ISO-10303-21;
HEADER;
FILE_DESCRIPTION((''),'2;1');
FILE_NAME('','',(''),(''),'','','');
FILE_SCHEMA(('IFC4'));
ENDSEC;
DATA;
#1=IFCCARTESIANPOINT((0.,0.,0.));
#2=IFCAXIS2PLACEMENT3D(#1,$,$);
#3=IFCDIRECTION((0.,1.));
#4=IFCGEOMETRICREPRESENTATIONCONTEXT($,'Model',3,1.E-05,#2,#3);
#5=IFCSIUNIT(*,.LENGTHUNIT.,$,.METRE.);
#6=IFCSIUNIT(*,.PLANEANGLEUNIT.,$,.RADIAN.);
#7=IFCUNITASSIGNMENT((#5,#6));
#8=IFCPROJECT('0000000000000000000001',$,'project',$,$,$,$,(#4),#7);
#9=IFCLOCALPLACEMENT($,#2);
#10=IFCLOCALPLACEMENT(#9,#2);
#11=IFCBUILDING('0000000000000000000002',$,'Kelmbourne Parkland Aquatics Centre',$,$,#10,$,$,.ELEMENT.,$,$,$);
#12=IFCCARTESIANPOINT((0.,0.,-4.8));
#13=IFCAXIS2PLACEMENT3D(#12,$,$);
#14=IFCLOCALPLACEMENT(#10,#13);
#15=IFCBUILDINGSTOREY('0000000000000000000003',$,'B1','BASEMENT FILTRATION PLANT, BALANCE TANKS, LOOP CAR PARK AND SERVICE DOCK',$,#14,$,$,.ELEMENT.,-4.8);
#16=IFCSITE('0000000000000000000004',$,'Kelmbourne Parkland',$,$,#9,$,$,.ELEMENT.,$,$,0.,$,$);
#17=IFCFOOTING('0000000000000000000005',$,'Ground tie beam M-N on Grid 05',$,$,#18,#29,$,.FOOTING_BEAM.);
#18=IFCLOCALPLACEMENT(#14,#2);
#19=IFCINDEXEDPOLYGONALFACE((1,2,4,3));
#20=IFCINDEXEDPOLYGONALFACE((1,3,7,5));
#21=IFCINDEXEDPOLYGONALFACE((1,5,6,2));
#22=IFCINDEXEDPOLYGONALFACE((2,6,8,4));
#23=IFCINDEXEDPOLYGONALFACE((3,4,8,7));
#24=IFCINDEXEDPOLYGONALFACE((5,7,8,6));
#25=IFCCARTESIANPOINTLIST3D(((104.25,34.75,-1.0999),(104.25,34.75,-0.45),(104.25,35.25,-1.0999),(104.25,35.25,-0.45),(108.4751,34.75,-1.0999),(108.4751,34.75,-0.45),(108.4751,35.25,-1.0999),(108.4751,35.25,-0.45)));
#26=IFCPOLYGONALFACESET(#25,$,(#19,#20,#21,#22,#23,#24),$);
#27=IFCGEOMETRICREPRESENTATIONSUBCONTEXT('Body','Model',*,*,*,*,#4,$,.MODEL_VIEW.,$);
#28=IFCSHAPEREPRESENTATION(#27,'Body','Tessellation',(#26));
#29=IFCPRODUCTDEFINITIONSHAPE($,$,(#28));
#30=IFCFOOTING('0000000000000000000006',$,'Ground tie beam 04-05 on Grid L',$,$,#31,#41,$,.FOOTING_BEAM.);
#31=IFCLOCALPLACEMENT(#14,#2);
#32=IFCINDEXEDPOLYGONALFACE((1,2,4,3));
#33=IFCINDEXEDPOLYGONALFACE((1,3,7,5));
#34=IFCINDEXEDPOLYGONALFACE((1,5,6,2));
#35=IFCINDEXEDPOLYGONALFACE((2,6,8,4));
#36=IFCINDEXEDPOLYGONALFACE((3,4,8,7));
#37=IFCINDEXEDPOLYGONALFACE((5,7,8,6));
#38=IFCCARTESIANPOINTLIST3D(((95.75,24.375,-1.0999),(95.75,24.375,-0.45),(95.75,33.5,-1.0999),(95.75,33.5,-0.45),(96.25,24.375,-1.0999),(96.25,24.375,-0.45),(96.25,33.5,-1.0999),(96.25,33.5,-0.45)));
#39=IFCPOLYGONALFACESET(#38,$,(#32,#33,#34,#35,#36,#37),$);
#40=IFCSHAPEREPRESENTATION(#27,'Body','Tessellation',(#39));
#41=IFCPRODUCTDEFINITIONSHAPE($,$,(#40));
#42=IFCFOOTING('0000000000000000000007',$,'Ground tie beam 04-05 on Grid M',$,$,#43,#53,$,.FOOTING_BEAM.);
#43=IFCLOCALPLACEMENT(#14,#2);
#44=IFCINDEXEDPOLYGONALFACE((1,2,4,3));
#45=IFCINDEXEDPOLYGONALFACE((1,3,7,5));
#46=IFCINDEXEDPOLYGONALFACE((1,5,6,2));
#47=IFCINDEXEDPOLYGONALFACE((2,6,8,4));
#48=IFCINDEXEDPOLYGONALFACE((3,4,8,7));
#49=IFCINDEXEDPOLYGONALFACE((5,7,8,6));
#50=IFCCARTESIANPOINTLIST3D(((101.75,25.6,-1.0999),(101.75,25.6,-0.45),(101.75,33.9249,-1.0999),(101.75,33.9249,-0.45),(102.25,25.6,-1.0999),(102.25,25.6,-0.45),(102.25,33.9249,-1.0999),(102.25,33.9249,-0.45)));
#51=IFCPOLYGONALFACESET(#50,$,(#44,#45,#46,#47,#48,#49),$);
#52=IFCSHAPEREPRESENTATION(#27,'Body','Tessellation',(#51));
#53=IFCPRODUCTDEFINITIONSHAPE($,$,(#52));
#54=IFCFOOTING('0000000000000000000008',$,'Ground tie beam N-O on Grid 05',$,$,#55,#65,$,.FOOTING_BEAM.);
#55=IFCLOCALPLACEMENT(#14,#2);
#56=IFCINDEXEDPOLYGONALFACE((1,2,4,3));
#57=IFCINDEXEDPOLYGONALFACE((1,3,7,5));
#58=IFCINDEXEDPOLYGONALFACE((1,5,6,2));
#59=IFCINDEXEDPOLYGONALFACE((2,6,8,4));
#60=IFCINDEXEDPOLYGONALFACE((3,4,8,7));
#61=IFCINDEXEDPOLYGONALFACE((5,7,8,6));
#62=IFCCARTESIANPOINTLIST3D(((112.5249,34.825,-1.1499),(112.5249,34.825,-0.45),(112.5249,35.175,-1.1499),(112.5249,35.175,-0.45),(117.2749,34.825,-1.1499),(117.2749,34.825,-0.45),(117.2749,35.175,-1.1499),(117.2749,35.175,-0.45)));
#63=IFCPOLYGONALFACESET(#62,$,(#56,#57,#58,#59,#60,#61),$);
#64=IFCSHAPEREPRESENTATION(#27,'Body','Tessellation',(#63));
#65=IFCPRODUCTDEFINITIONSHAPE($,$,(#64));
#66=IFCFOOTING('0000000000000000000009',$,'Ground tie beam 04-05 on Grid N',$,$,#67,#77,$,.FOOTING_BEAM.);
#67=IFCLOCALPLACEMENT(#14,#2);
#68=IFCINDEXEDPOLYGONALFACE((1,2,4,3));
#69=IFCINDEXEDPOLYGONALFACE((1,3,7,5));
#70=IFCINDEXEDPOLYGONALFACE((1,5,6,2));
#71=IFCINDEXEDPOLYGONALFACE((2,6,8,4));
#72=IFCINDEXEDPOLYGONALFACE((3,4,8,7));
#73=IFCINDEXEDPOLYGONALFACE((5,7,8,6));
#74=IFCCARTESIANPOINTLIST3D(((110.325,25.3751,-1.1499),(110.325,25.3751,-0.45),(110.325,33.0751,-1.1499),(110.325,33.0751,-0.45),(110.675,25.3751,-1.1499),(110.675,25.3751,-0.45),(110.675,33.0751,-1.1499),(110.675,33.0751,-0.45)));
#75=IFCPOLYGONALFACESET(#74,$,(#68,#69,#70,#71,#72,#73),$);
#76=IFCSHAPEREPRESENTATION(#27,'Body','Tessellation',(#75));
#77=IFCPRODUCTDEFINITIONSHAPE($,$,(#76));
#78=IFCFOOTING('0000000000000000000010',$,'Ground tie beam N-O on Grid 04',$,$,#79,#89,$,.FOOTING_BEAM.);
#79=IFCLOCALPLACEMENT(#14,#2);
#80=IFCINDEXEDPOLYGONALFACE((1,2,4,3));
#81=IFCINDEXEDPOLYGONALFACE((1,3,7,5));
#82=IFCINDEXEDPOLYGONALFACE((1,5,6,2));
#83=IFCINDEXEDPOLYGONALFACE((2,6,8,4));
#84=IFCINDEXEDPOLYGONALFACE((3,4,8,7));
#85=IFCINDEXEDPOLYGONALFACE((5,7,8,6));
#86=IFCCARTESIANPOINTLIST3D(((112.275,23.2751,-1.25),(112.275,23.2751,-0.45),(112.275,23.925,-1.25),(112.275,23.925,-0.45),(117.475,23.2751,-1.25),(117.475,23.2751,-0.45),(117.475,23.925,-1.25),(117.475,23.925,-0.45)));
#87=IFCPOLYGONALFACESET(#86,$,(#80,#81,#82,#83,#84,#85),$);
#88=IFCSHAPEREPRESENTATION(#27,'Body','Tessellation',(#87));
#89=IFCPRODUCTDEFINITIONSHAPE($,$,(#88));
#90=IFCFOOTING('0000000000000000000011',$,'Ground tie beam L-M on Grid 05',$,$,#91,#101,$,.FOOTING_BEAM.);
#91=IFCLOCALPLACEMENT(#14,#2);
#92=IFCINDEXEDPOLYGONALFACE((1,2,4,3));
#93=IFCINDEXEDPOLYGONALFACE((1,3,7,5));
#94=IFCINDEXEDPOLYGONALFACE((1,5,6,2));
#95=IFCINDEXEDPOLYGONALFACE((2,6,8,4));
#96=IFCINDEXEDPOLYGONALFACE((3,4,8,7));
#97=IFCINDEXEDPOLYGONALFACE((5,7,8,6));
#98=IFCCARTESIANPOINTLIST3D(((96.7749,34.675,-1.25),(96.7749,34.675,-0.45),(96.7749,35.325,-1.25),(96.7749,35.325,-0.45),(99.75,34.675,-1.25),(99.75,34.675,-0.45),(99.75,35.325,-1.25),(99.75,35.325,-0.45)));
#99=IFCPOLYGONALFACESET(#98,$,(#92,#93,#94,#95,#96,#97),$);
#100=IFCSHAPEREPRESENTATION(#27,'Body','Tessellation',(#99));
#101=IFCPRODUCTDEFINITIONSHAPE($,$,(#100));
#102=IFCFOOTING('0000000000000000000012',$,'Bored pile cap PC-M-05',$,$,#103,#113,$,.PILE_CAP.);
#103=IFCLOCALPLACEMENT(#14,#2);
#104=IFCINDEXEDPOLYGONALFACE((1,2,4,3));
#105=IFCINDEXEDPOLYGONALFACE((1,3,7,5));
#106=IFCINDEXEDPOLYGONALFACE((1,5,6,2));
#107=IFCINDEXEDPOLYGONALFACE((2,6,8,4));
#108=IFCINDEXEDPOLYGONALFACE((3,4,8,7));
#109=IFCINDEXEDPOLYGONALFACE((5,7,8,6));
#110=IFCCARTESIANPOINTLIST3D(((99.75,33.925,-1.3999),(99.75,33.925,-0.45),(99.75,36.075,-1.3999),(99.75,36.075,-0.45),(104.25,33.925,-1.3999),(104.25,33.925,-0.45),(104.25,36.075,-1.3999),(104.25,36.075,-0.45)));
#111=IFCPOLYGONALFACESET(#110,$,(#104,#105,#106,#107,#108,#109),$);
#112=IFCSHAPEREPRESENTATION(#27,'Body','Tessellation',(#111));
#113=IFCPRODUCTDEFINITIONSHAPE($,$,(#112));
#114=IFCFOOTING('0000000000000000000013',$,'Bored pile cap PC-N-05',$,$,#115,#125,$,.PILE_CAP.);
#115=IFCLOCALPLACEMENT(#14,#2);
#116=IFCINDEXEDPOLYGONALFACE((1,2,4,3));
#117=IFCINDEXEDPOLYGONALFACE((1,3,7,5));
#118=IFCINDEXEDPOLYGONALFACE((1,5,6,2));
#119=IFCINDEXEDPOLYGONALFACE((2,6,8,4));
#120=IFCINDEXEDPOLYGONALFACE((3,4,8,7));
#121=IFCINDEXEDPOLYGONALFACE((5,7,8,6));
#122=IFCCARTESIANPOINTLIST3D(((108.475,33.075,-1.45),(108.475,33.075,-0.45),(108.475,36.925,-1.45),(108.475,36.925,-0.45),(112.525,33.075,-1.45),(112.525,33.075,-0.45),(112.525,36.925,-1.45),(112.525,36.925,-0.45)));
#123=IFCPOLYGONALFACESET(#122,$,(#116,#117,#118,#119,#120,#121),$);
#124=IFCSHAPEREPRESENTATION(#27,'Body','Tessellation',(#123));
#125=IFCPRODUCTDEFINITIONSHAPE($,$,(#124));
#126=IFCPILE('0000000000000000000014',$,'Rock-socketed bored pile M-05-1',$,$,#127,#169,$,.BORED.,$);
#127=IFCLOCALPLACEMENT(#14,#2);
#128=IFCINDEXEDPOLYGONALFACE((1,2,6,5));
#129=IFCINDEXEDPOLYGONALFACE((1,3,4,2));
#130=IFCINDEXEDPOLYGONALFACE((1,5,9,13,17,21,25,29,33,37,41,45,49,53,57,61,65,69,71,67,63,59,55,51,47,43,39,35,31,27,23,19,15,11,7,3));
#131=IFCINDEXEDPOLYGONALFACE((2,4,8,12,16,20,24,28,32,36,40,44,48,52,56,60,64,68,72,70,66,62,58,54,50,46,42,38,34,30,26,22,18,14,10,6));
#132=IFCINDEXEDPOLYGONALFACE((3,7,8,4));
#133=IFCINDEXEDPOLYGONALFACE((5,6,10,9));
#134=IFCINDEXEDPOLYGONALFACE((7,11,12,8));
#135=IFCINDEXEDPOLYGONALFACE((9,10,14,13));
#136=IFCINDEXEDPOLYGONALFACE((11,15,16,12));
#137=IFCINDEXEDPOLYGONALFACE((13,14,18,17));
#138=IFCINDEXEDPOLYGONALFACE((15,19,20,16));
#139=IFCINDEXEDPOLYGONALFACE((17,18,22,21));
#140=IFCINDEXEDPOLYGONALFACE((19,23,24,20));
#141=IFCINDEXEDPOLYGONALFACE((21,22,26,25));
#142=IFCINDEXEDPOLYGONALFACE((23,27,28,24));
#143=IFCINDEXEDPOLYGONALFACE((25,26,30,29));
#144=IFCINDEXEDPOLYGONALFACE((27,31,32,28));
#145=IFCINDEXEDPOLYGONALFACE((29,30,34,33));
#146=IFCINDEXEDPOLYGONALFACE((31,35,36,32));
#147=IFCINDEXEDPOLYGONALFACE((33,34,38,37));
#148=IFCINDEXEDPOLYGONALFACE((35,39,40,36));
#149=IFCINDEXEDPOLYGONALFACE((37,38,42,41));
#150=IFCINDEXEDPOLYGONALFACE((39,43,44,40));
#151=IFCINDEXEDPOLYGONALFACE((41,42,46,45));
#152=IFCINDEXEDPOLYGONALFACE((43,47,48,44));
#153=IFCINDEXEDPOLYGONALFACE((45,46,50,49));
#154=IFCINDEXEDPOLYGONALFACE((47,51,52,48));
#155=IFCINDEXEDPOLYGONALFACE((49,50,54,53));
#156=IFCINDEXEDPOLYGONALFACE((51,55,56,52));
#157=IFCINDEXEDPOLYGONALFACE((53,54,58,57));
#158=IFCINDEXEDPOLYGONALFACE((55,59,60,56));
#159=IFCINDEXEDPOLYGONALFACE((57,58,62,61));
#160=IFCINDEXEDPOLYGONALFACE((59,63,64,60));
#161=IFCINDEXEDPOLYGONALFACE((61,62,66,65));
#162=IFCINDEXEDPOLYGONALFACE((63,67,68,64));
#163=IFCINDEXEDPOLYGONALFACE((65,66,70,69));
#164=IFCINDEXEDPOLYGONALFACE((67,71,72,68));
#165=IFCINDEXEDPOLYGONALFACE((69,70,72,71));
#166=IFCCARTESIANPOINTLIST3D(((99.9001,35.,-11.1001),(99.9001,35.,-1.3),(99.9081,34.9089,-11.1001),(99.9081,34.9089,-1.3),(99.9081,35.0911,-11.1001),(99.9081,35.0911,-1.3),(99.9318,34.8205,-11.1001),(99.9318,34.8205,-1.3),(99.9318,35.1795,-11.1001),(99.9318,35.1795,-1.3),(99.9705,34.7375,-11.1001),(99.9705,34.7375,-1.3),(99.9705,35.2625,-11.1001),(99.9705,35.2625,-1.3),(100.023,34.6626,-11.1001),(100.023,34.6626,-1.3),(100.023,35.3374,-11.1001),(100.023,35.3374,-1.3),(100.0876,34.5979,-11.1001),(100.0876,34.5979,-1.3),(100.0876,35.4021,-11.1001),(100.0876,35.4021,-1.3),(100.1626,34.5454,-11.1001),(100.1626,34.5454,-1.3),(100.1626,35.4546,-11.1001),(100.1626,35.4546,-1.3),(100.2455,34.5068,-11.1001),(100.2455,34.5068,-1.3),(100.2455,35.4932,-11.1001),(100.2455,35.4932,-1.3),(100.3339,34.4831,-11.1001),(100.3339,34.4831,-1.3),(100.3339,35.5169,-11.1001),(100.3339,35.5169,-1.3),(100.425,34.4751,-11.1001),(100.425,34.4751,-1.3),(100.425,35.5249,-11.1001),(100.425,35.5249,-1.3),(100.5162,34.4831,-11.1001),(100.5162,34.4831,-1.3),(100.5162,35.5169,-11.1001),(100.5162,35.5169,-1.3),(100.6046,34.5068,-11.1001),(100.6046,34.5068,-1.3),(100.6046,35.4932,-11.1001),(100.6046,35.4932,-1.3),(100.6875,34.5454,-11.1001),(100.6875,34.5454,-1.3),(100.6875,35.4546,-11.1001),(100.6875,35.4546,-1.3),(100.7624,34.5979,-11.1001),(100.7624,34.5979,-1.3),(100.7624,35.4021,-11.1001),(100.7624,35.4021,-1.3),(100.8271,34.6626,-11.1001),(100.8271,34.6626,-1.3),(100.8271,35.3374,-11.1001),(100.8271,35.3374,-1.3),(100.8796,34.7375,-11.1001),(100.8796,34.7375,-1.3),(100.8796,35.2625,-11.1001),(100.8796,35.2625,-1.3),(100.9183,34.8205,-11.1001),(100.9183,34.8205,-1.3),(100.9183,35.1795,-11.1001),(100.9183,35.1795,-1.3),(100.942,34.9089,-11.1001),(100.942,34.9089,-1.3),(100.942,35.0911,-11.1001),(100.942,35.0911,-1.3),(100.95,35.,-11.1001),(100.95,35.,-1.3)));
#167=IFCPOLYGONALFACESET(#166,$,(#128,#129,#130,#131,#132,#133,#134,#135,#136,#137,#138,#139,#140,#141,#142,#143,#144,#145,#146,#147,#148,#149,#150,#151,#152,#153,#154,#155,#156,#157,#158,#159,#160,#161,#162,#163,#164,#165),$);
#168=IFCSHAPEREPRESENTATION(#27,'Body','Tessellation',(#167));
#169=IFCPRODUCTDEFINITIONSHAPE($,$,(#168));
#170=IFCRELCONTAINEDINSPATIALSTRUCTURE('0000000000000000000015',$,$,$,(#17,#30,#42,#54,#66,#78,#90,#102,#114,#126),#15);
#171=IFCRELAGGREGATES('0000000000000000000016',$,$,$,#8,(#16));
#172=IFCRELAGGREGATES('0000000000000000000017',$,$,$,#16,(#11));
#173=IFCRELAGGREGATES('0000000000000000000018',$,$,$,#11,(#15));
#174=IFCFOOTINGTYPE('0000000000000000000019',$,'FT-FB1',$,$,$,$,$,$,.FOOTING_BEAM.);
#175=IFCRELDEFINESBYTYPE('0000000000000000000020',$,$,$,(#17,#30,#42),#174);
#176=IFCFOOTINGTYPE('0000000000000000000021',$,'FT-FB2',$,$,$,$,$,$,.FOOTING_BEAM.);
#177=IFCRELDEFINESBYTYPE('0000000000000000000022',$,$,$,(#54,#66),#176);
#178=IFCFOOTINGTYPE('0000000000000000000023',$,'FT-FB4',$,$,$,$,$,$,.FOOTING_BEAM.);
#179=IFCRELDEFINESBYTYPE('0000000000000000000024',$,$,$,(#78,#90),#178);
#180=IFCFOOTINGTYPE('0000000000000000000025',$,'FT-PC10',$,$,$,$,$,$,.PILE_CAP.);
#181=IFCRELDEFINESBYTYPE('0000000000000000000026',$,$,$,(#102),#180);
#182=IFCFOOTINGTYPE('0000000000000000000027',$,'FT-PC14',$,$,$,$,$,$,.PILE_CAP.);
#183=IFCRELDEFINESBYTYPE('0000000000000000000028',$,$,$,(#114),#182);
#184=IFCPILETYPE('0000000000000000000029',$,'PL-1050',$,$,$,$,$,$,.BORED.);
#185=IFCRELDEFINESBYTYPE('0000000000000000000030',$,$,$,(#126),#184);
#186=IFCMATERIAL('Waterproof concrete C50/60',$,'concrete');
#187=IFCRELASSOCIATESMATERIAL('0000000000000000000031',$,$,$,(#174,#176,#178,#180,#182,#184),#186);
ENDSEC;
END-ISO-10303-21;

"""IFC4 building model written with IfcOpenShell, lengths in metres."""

from ifc_helpers import new_model, si_unit, direction, frame, origin, origin_2d, place, context, subcontext, project, spatial, rectangle, circle, extrude, material, material_profile, profile_set, type_object, element, save


model = new_model("IFC4")

# Units and contexts
model_context = context("Model", 3, precision=1e-05, world=origin(), true_north=direction((0.0, 1.0)))
body_context = subcontext(model_context, "Body", "Model", "MODEL_VIEW")
ifc_project = project(units=[si_unit("LENGTHUNIT", "METRE"), si_unit("PLANEANGLEUNIT", "RADIAN")], contexts=[model_context])

# Site, building, storey
site_placement = place(None, origin())
site = spatial("IfcSite", under=ifc_project, at=site_placement, Name="Kelmbourne Parkland", CompositionType="ELEMENT", RefElevation=0.0)
building_placement = place(site_placement, origin())
building = spatial("IfcBuilding", under=site, at=building_placement, Name="Kelmbourne Parkland Aquatics Centre", CompositionType="ELEMENT")
storey_placement = place(building_placement, frame((0.0, 0.0, -4.8)))
storey = spatial("IfcBuildingStorey", under=building, at=storey_placement, Name="B1", Description="BASEMENT FILTRATION PLANT, BALANCE TANKS, LOOP CAR PARK AND SERVICE DOCK", CompositionType="ELEMENT", Elevation=-4.8)

# Footings
ifc_material_1 = material(Name="Waterproof concrete C50/60", Category="concrete")
footing_type_1 = type_object("IfcFootingType", Name="FT-FB1", PredefinedType="FOOTING_BEAM", material=ifc_material_1)
footing_1_placement = place(storey_placement, frame((106.3625, 35.0, -1.0999), z_axis=(0.0, 0.0, 1.0), x_axis=(1.0, 0.0, 0.0)))
element("IfcFooting", 1, at=footing_1_placement, inside=storey, type_object=footing_type_1, Name="Ground tie beam M-N on Grid 05", PredefinedType="FOOTING_BEAM", context=body_context, shape_type="SweptSolid", body=[
    extrude(rectangle(XDim=4.2251, YDim=0.5, at=origin_2d()), origin(), (0.0, 0.0, 1.0), 0.6499),
])
footing_2_placement = place(storey_placement, frame((96.0, 28.9375, -1.0999), z_axis=(0.0, 0.0, 1.0), x_axis=(0.0, 1.0, 0.0)))
element("IfcFooting", 2, at=footing_2_placement, inside=storey, type_object=footing_type_1, Name="Ground tie beam 04-05 on Grid L", PredefinedType="FOOTING_BEAM", context=body_context, shape_type="SweptSolid", body=[
    extrude(rectangle(XDim=9.125, YDim=0.5, at=origin_2d()), origin(), (0.0, 0.0, 1.0), 0.6499),
])
footing_3_placement = place(storey_placement, frame((102.0, 29.7625, -1.0999), z_axis=(0.0, 0.0, 1.0), x_axis=(0.0, 1.0, 0.0)))
element("IfcFooting", 3, at=footing_3_placement, inside=storey, type_object=footing_type_1, Name="Ground tie beam 04-05 on Grid M", PredefinedType="FOOTING_BEAM", context=body_context, shape_type="SweptSolid", body=[
    extrude(rectangle(XDim=8.325, YDim=0.5, at=origin_2d()), origin(), (0.0, 0.0, 1.0), 0.6499),
])
footing_type_2 = type_object("IfcFootingType", Name="FT-FB2", PredefinedType="FOOTING_BEAM", material=ifc_material_1)
footing_4_placement = place(storey_placement, frame((114.8999, 35.0, -1.1499), z_axis=(0.0, 0.0, 1.0), x_axis=(1.0, 0.0, 0.0)))
element("IfcFooting", 4, at=footing_4_placement, inside=storey, type_object=footing_type_2, Name="Ground tie beam N-O on Grid 05", PredefinedType="FOOTING_BEAM", context=body_context, shape_type="SweptSolid", body=[
    extrude(rectangle(XDim=4.75, YDim=0.3501, at=origin_2d()), origin(), (0.0, 0.0, 1.0), 0.7),
])
footing_5_placement = place(storey_placement, frame((110.5, 29.2251, -1.1499), z_axis=(0.0, 0.0, 1.0), x_axis=(0.0, 1.0, 0.0)))
element("IfcFooting", 5, at=footing_5_placement, inside=storey, type_object=footing_type_2, Name="Ground tie beam 04-05 on Grid N", PredefinedType="FOOTING_BEAM", context=body_context, shape_type="SweptSolid", body=[
    extrude(rectangle(XDim=7.7, YDim=0.3501, at=origin_2d()), origin(), (0.0, 0.0, 1.0), 0.7),
])
footing_type_3 = type_object("IfcFootingType", Name="FT-FB4", PredefinedType="FOOTING_BEAM", material=ifc_material_1)
footing_6_placement = place(storey_placement, frame((114.875, 23.6001, -1.25), z_axis=(0.0, 0.0, 1.0), x_axis=(1.0, 0.0, 0.0)))
element("IfcFooting", 6, at=footing_6_placement, inside=storey, type_object=footing_type_3, Name="Ground tie beam N-O on Grid 04", PredefinedType="FOOTING_BEAM", context=body_context, shape_type="SweptSolid", body=[
    extrude(rectangle(XDim=5.2, YDim=0.6499, at=origin_2d()), origin(), (0.0, 0.0, 1.0), 0.8),
])
footing_7_placement = place(storey_placement, frame((98.2625, 35.0, -1.25), z_axis=(0.0, 0.0, 1.0), x_axis=(1.0, 0.0, 0.0)))
element("IfcFooting", 7, at=footing_7_placement, inside=storey, type_object=footing_type_3, Name="Ground tie beam L-M on Grid 05", PredefinedType="FOOTING_BEAM", context=body_context, shape_type="SweptSolid", body=[
    extrude(rectangle(XDim=2.9751, YDim=0.6499, at=origin_2d()), origin(), (0.0, 0.0, 1.0), 0.8),
])
footing_type_4 = type_object("IfcFootingType", Name="FT-PC10", PredefinedType="PILE_CAP", material=ifc_material_1)
footing_8_placement = place(storey_placement, frame((102.0, 35.0, -1.3999), z_axis=(0.0, 0.0, 1.0), x_axis=(1.0, 0.0, 0.0)))
element("IfcFooting", 8, at=footing_8_placement, inside=storey, type_object=footing_type_4, Name="Bored pile cap PC-M-05", PredefinedType="PILE_CAP", context=body_context, shape_type="SweptSolid", body=[
    extrude(rectangle(XDim=4.5, YDim=2.1499, at=origin_2d()), origin(), (0.0, 0.0, 1.0), 0.95),
])
footing_type_5 = type_object("IfcFootingType", Name="FT-PC14", PredefinedType="PILE_CAP", material=ifc_material_1)
footing_9_placement = place(storey_placement, frame((110.5, 35.0, -1.45), z_axis=(0.0, 0.0, 1.0), x_axis=(1.0, 0.0, 0.0)))
element("IfcFooting", 9, at=footing_9_placement, inside=storey, type_object=footing_type_5, Name="Bored pile cap PC-N-05", PredefinedType="PILE_CAP", context=body_context, shape_type="SweptSolid", body=[
    extrude(rectangle(XDim=4.05, YDim=3.8501, at=origin_2d()), origin(), (0.0, 0.0, 1.0), 1.0),
])

# Pile
ifc_material_profile_1 = material_profile(ifc_material_1, circle(Radius=0.5249, at=origin_2d()), Name="PILE D1050")
ifc_profile_set_1 = profile_set([ifc_material_profile_1], Name="Waterproof concrete C50/60")
pile_type_1 = type_object("IfcPileType", Name="PL-1050", PredefinedType="BORED", material=ifc_profile_set_1)
for number, where, z_axis, x_axis, name in (
    (10, (100.425, 35.0, -1.3), (0.0, 0.0, -1.0), (1.0, 0.0, 0.0), "Rock-socketed bored pile M-05-1"),
):
    element("IfcPile", number, at=place(storey_placement, frame(where, z_axis=z_axis, x_axis=x_axis)), inside=storey, type_object=pile_type_1, Name=name, PredefinedType="BORED", context=body_context, shape_type="SweptSolid", body=[
        extrude(circle(Radius=0.5249, at=origin_2d()), origin(), (0.0, 0.0, 1.0), 9.8),
    ])

save(model, "model.ifc")
